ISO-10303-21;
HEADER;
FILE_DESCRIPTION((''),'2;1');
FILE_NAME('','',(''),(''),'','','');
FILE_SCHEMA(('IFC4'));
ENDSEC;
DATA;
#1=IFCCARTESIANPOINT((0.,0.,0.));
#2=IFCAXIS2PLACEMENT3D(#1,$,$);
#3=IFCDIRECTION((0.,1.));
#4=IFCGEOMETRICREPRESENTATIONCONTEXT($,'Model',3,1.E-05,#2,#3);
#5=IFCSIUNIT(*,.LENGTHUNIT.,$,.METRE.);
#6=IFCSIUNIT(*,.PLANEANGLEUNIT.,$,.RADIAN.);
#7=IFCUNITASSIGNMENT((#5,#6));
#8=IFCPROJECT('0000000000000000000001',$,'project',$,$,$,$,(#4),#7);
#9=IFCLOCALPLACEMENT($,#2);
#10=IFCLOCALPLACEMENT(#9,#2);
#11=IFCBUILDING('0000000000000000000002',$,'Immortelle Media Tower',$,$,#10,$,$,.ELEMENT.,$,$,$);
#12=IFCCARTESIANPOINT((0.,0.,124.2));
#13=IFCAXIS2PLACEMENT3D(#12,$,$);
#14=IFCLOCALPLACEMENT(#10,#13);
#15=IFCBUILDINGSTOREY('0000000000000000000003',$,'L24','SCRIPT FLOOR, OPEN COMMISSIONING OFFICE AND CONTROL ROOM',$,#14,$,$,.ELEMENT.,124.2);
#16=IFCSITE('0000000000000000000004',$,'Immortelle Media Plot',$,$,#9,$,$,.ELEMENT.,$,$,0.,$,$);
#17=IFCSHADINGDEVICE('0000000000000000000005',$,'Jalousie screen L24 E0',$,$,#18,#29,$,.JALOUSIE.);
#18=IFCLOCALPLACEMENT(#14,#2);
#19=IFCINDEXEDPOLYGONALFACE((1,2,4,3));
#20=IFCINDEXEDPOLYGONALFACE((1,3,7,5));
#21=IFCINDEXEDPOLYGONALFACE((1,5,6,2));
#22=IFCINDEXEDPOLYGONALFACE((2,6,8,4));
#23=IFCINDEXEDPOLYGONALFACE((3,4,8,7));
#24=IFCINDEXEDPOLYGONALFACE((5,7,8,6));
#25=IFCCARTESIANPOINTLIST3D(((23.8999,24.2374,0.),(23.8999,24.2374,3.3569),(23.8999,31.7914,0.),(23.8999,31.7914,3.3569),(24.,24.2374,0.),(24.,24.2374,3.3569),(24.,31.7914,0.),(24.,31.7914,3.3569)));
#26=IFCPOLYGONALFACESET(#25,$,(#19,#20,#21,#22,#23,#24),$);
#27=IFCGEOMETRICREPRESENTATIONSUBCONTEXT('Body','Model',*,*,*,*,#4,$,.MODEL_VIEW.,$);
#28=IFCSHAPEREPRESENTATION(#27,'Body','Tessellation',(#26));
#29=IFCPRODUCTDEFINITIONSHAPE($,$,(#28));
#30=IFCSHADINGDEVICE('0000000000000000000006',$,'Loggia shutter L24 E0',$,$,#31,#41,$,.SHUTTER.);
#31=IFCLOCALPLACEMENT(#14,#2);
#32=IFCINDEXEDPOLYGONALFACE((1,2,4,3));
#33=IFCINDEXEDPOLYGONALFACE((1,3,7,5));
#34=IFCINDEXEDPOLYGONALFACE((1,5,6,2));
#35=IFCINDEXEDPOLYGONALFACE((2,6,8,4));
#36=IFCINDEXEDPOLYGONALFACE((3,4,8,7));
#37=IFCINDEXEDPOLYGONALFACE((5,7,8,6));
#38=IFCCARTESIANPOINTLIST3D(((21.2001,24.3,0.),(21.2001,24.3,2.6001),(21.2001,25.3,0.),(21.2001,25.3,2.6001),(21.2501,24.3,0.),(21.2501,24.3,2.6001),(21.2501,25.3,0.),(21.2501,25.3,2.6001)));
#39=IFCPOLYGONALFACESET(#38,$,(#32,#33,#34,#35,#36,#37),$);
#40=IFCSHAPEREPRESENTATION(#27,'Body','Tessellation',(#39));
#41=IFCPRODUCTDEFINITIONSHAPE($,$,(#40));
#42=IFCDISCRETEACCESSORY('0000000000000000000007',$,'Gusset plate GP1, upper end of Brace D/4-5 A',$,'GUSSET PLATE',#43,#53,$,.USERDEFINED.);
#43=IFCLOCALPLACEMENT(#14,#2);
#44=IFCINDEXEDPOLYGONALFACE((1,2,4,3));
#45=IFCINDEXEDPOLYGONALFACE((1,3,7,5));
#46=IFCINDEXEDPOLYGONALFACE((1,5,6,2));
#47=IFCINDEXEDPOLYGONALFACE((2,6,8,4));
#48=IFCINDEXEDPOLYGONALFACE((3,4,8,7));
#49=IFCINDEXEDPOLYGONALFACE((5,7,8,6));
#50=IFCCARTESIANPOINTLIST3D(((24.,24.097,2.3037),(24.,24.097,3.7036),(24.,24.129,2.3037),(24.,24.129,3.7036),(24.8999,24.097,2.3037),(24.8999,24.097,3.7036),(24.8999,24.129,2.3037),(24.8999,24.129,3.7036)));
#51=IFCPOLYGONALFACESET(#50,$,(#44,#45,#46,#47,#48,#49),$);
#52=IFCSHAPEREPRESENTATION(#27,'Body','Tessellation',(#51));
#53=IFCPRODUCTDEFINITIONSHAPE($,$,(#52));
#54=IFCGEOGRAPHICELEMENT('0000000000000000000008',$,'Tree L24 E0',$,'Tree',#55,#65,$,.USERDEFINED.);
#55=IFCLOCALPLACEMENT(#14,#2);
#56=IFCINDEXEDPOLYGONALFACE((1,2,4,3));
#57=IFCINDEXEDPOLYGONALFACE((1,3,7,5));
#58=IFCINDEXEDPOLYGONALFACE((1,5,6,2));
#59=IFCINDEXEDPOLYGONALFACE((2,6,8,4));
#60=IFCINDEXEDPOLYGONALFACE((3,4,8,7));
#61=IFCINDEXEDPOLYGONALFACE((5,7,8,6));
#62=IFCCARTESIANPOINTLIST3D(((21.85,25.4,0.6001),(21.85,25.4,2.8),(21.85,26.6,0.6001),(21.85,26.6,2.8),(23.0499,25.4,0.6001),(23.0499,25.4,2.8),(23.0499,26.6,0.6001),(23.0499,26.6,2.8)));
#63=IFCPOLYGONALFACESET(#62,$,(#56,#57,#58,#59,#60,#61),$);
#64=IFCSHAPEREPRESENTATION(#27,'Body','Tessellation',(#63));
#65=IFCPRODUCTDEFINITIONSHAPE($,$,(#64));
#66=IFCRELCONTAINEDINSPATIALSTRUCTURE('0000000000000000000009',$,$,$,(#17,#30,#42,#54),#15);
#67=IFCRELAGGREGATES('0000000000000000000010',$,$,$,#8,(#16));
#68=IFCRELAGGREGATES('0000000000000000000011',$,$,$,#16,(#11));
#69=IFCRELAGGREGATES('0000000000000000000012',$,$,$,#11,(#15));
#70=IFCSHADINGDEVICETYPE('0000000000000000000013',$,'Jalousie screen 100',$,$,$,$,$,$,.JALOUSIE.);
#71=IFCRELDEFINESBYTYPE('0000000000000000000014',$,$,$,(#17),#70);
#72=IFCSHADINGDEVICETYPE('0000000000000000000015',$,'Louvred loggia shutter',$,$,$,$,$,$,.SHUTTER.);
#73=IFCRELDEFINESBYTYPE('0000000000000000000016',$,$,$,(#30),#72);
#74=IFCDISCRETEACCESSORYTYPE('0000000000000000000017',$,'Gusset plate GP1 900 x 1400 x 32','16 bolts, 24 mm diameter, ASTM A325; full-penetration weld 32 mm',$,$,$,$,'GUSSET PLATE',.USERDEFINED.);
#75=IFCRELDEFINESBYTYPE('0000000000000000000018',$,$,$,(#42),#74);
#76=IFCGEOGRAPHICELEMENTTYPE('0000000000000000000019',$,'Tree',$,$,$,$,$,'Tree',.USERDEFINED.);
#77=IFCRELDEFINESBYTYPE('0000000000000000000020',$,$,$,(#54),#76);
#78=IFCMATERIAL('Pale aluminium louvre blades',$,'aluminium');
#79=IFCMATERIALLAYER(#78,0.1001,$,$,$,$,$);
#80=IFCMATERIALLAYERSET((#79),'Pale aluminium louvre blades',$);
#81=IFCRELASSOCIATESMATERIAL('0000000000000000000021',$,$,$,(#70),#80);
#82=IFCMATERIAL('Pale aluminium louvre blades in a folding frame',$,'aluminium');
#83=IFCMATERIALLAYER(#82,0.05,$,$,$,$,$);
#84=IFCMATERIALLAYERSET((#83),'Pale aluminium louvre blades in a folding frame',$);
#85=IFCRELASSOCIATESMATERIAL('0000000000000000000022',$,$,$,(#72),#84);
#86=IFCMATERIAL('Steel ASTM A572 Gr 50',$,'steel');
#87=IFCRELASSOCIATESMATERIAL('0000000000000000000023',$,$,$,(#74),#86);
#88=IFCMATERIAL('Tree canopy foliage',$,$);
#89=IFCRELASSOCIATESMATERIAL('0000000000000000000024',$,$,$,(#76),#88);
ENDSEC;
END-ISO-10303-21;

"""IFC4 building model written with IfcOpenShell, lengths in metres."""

from ifc_helpers import new_model, si_unit, direction, frame, origin, origin_2d, place, context, subcontext, project, spatial, rectangle, extrude, material, layer, layer_set, material_profile, profile_set, type_object, element, save


model = new_model("IFC4")

# Units and contexts
model_context = context("Model", 3, precision=1e-05, world=origin(), true_north=direction((0.0, 1.0)))
body_context = subcontext(model_context, "Body", "Model", "MODEL_VIEW")
ifc_project = project(units=[si_unit("LENGTHUNIT", "METRE"), si_unit("PLANEANGLEUNIT", "RADIAN")], contexts=[model_context])

# Site, building, storey
site_placement = place(None, origin())
site = spatial("IfcSite", under=ifc_project, at=site_placement, Name="Immortelle Media Plot", CompositionType="ELEMENT", RefElevation=0.0)
building_placement = place(site_placement, origin())
building = spatial("IfcBuilding", under=site, at=building_placement, Name="Immortelle Media Tower", CompositionType="ELEMENT")
storey_placement = place(building_placement, frame((0.0, 0.0, 124.2)))
storey = spatial("IfcBuildingStorey", under=building, at=storey_placement, Name="L24", Description="SCRIPT FLOOR, OPEN COMMISSIONING OFFICE AND CONTROL ROOM", CompositionType="ELEMENT", Elevation=124.2)

# Shading devices
ifc_material_1 = material(Name="Pale aluminium louvre blades", Category="aluminium")
ifc_layer_1 = layer(ifc_material_1, 0.1001)
ifc_layer_set_1 = layer_set([ifc_layer_1], Name="Pale aluminium louvre blades")
shading_device_type_1 = type_object("IfcShadingDeviceType", Name="Jalousie screen 100", PredefinedType="JALOUSIE", material=ifc_layer_set_1)
shading_device_1_placement = place(storey_placement, frame((23.95, 28.0144, 0.0), z_axis=(0.0, 0.0, 1.0), x_axis=(0.0, 1.0, 0.0)))
element("IfcShadingDevice", 1, at=shading_device_1_placement, inside=storey, type_object=shading_device_type_1, Name="Jalousie screen L24 E0", PredefinedType="JALOUSIE", context=body_context, shape_type="SweptSolid", body=[
    extrude(rectangle(XDim=7.554, YDim=0.1001, at=origin_2d()), origin(), (0.0, 0.0, 1.0), 3.3569),
])
ifc_material_2 = material(Name="Pale aluminium louvre blades in a folding frame", Category="aluminium")
ifc_layer_2 = layer(ifc_material_2, 0.05)
ifc_layer_set_2 = layer_set([ifc_layer_2], Name="Pale aluminium louvre blades in a folding frame")
shading_device_type_2 = type_object("IfcShadingDeviceType", Name="Louvred loggia shutter", PredefinedType="SHUTTER", material=ifc_layer_set_2)
shading_device_2_placement = place(storey_placement, frame((21.2251, 24.8, 0.0), z_axis=(0.0, 0.0, 1.0), x_axis=(0.0, 1.0, 0.0)))
element("IfcShadingDevice", 2, at=shading_device_2_placement, inside=storey, type_object=shading_device_type_2, Name="Loggia shutter L24 E0", PredefinedType="SHUTTER", context=body_context, shape_type="SweptSolid", body=[
    extrude(rectangle(XDim=1.0, YDim=0.05, at=origin_2d()), origin(), (0.0, 0.0, 1.0), 2.6001),
])

# Discrete accessory
ifc_material_3 = material(Name="Steel ASTM A572 Gr 50", Category="steel")
ifc_material_profile_1 = material_profile(ifc_material_3, rectangle(XDim=0.032, YDim=1.3999, at=origin_2d()), Name="PL 32 x 1400")
ifc_profile_set_1 = profile_set([ifc_material_profile_1], Name="Steel ASTM A572 Gr 50")
discrete_accessory_type = type_object("IfcDiscreteAccessoryType", Name="Gusset plate GP1 900 x 1400 x 32", Description="16 bolts, 24 mm diameter, ASTM A325; full-penetration weld 32 mm", ElementType="GUSSET PLATE", PredefinedType="USERDEFINED", material=ifc_profile_set_1)
discrete_accessory_placement = place(storey_placement, frame((24.0, 24.113, 3.0037), z_axis=(1.0, 0.0, 0.0), x_axis=(0.0, 1.0, 0.0)))
element("IfcDiscreteAccessory", 3, at=discrete_accessory_placement, inside=storey, type_object=discrete_accessory_type, Name="Gusset plate GP1, upper end of Brace D/4-5 A", ObjectType="GUSSET PLATE", PredefinedType="USERDEFINED", context=body_context, shape_type="SweptSolid", body=[
    extrude(rectangle(XDim=0.032, YDim=1.3999, at=origin_2d()), origin(), (0.0, 0.0, 1.0), 0.8999),
])

# Geographic element
ifc_material_4 = material(Name="Tree canopy foliage")
geographic_element_type = type_object("IfcGeographicElementType", Name="Tree", ElementType="Tree", PredefinedType="USERDEFINED", material=ifc_material_4)
geographic_element_placement = place(storey_placement, frame((22.45, 26.0, 0.6001), z_axis=(0.0, 0.0, 1.0), x_axis=(1.0, 0.0, 0.0)))
element("IfcGeographicElement", 4, at=geographic_element_placement, inside=storey, type_object=geographic_element_type, Name="Tree L24 E0", ObjectType="Tree", PredefinedType="USERDEFINED", context=body_context, shape_type="SweptSolid", body=[
    extrude(rectangle(XDim=1.2, YDim=1.2, at=origin_2d()), origin(), (0.0, 0.0, 1.0), 2.2),
])

save(model, "model.ifc")
